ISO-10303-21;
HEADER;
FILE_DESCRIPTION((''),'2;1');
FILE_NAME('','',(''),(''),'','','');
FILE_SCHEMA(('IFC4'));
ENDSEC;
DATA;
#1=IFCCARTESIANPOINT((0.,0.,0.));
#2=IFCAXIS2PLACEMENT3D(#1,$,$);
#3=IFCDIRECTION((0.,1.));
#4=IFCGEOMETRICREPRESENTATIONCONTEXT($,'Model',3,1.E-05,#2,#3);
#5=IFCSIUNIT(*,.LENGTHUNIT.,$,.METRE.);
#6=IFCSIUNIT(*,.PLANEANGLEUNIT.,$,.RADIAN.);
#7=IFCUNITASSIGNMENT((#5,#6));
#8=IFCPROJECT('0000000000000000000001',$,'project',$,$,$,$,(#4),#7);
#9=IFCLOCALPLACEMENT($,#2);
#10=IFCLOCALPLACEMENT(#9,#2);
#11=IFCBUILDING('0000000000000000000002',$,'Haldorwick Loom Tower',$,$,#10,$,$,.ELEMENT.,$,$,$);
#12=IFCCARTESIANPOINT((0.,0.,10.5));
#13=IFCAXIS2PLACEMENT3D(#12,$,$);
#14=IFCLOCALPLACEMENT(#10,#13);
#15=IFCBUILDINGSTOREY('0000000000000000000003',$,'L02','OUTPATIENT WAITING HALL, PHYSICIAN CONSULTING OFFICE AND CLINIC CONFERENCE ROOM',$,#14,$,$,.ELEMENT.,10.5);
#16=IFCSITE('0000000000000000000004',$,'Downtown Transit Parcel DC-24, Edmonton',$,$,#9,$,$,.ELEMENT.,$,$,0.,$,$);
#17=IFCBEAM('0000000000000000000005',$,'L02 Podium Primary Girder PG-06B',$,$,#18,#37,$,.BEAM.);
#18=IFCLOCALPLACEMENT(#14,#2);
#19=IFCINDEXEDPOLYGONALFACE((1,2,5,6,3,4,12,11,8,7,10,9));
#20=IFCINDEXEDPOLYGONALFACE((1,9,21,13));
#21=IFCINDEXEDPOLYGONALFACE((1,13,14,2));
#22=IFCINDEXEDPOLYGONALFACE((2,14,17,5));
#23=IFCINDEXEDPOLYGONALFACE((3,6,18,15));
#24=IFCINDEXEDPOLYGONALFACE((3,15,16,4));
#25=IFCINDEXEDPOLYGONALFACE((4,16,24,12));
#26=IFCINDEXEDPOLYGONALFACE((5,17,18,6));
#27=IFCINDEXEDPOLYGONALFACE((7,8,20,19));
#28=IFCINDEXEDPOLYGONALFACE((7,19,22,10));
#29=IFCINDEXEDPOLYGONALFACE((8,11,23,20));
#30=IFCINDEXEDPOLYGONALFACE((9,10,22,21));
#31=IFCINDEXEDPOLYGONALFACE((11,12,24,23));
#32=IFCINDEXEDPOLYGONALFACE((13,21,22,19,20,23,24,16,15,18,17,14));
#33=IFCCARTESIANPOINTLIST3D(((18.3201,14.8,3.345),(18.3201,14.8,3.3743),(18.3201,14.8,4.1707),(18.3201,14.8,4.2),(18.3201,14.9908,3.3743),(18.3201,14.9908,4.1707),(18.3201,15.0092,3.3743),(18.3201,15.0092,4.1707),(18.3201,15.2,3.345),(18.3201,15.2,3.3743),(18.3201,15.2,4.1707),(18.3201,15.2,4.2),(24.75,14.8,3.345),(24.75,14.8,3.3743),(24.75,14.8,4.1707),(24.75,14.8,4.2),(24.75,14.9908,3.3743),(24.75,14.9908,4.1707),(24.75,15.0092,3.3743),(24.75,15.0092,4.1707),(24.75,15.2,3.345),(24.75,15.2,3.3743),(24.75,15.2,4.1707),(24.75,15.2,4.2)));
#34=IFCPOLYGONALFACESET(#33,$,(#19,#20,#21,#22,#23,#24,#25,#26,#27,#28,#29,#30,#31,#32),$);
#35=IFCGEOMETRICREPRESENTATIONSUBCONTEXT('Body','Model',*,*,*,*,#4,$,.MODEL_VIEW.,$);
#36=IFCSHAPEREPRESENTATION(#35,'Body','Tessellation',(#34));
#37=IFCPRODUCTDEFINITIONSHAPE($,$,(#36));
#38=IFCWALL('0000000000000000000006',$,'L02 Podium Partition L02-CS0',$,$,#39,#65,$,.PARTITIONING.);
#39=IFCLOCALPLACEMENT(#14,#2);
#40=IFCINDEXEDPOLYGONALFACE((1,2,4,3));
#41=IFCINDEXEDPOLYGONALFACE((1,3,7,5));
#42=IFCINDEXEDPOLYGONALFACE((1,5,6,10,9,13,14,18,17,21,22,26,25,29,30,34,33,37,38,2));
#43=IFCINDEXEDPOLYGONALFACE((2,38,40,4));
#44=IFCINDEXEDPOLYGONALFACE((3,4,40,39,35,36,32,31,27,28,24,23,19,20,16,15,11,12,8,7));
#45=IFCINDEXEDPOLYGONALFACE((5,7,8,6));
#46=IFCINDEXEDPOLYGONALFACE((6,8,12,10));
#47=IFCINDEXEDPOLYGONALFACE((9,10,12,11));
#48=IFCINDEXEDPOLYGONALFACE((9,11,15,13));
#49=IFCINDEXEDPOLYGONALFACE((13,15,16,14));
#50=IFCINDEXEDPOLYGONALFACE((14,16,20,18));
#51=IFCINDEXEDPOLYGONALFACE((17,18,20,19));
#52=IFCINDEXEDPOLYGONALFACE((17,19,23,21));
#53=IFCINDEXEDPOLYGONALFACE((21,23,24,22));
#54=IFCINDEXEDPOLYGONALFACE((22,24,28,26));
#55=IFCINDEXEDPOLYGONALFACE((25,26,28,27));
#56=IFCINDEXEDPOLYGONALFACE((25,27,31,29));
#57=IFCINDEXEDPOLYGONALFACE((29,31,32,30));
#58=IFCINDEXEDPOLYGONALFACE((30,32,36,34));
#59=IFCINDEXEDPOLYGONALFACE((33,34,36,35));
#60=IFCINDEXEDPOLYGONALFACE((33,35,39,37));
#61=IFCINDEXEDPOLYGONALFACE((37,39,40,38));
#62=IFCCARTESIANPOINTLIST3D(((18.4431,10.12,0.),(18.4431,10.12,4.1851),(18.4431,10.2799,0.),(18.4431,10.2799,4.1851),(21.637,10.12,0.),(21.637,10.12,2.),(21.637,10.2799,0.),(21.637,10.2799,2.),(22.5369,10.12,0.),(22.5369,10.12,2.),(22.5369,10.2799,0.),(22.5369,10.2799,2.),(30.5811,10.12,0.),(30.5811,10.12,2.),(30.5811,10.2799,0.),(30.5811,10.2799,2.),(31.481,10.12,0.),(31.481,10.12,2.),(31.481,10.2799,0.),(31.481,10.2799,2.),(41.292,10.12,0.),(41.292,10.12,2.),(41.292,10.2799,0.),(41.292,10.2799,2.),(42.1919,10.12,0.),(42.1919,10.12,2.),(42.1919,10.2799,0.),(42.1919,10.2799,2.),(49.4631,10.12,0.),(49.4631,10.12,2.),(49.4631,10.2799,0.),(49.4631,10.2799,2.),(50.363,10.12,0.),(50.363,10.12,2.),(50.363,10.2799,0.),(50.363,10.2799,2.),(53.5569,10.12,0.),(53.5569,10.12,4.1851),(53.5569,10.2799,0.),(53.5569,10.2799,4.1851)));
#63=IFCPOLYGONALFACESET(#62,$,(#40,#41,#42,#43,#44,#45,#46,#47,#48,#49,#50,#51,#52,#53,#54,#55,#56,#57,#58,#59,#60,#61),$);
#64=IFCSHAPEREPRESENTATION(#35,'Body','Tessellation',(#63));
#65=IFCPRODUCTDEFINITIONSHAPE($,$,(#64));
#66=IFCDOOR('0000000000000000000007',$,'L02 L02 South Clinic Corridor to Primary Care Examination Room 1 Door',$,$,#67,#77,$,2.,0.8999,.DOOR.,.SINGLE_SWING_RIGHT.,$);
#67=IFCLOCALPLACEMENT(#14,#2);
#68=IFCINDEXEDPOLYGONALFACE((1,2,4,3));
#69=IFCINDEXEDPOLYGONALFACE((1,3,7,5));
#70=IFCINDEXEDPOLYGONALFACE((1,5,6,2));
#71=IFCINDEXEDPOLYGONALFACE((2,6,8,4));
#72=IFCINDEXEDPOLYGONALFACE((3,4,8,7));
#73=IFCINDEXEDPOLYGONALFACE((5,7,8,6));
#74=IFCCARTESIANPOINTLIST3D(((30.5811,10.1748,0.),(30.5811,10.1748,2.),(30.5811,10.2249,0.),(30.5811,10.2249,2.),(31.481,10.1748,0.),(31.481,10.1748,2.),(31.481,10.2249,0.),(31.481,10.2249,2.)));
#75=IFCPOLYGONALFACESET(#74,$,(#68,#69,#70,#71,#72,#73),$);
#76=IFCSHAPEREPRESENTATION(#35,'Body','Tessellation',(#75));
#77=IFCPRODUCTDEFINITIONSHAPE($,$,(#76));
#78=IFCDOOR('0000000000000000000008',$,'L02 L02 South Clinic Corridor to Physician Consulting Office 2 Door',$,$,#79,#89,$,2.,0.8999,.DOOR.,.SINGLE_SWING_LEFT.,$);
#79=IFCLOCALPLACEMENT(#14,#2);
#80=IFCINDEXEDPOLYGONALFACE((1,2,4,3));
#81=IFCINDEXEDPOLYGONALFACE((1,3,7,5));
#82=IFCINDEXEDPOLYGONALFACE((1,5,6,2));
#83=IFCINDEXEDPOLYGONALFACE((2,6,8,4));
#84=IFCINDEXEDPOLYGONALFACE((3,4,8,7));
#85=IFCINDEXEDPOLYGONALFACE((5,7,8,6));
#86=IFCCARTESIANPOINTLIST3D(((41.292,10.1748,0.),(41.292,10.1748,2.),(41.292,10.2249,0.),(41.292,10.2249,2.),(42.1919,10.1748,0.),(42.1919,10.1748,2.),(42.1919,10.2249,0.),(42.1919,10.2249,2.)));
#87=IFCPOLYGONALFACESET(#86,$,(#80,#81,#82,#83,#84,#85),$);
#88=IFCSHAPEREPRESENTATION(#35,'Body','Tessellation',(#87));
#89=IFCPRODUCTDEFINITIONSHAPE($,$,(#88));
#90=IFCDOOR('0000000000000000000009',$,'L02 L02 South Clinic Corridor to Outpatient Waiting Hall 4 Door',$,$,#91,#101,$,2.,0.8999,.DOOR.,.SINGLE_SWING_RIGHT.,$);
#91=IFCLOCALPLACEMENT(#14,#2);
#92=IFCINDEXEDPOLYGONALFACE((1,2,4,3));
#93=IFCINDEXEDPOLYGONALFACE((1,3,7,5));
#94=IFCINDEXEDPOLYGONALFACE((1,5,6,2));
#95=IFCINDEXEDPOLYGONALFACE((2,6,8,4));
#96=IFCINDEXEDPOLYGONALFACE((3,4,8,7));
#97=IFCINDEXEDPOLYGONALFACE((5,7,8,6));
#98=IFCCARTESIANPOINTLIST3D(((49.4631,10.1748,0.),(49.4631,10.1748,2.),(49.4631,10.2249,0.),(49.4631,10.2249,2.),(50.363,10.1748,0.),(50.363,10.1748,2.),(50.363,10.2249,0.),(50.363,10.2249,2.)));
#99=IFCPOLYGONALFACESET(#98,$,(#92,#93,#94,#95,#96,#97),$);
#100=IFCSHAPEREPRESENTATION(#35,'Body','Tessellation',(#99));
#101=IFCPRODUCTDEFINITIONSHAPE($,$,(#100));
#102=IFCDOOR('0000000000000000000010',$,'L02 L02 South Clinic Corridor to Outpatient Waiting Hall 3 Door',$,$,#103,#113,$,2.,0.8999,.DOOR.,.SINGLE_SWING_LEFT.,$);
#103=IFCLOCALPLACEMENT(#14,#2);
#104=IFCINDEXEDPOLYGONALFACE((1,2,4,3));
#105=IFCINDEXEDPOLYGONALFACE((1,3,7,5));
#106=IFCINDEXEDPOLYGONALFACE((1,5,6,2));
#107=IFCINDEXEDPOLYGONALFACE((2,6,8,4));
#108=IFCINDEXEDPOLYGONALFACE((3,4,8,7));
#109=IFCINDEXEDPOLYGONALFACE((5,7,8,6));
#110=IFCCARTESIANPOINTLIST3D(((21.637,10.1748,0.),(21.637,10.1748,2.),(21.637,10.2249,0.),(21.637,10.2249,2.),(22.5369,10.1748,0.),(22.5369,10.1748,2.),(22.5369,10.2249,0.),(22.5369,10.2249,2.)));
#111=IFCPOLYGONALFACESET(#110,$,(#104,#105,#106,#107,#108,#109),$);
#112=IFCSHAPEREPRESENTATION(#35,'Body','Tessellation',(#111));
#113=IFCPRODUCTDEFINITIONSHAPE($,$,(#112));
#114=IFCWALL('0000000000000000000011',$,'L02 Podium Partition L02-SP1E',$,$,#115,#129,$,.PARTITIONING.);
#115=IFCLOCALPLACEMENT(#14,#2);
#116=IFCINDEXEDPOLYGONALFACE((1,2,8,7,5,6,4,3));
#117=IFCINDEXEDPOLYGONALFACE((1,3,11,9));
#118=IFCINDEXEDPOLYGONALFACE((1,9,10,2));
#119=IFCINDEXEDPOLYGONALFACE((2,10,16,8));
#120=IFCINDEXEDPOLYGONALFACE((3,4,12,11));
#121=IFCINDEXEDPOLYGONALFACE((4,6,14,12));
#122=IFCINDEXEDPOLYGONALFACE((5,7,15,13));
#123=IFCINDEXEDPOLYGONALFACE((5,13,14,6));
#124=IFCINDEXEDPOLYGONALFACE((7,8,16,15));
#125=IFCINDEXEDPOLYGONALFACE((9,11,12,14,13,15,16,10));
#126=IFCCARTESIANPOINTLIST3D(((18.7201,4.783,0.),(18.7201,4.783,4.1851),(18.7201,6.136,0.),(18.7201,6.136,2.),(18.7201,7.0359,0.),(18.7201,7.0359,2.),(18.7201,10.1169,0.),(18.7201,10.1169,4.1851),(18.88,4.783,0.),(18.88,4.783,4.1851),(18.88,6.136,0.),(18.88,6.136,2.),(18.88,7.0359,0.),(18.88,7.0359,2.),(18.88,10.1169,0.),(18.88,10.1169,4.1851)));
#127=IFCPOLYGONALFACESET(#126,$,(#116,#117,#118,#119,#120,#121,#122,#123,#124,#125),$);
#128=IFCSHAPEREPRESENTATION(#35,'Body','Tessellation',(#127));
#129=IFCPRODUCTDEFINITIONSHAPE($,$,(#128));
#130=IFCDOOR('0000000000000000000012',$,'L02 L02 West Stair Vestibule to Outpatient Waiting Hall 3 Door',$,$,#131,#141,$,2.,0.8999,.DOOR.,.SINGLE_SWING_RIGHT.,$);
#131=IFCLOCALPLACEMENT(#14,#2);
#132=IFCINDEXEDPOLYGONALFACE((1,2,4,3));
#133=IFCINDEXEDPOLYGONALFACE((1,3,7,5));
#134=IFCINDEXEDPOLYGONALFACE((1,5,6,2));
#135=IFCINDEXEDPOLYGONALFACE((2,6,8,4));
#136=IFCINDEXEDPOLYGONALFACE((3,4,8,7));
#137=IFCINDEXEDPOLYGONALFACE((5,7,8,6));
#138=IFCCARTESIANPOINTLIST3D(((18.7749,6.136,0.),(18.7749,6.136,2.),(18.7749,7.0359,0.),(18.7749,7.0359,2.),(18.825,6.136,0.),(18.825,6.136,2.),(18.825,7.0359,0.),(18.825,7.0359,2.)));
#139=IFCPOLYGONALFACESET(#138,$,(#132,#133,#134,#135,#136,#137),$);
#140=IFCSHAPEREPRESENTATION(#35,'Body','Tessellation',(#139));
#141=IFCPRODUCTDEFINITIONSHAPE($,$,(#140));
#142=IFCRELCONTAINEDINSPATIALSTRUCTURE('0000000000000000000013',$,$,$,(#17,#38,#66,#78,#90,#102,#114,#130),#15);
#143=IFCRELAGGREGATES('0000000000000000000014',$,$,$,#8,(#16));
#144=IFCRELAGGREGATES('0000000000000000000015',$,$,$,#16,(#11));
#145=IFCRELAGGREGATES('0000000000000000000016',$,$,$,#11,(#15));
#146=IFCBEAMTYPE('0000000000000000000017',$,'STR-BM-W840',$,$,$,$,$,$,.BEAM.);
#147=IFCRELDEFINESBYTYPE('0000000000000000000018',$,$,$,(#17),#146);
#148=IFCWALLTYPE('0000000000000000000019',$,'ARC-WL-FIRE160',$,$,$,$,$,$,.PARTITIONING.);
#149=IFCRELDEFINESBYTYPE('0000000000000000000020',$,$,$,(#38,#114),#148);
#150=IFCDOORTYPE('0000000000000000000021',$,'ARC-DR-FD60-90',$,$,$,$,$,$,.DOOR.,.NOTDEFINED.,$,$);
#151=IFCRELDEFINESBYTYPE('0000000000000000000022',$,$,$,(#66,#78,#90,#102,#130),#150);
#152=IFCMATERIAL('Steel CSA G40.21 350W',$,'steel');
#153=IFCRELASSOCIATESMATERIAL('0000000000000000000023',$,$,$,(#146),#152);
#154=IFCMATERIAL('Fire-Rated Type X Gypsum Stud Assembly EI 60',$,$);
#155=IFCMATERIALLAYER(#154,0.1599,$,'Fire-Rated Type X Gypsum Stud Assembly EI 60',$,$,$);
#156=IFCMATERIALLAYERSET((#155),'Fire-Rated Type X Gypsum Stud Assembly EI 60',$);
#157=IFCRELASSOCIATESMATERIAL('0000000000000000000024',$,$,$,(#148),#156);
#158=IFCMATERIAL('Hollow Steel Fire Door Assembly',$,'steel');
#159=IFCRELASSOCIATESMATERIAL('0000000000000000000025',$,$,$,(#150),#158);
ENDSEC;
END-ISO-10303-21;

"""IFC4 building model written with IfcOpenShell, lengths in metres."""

from ifc_helpers import new_model, si_unit, direction, frame, frame_2d, origin, origin_2d, place, context, subcontext, project, spatial, rectangle, i_section, extrude, material, layer, layer_set, material_profile, profile_set, type_object, element, fill, save


model = new_model("IFC4")

# Units and contexts
model_context = context("Model", 3, precision=1e-05, world=origin(), true_north=direction((0.0, 1.0)))
body_context = subcontext(model_context, "Body", "Model", "MODEL_VIEW")
ifc_project = project(units=[si_unit("LENGTHUNIT", "METRE"), si_unit("PLANEANGLEUNIT", "RADIAN")], contexts=[model_context])

# Site, building, storey
site_placement = place(None, origin())
site = spatial("IfcSite", under=ifc_project, at=site_placement, Name="Downtown Transit Parcel DC-24, Edmonton", CompositionType="ELEMENT", RefElevation=0.0)
building_placement = place(site_placement, origin())
building = spatial("IfcBuilding", under=site, at=building_placement, Name="Haldorwick Loom Tower", CompositionType="ELEMENT")
storey_placement = place(building_placement, frame((0.0, 0.0, 10.5)))
storey = spatial("IfcBuildingStorey", under=building, at=storey_placement, Name="L02", Description="OUTPATIENT WAITING HALL, PHYSICIAN CONSULTING OFFICE AND CLINIC CONFERENCE ROOM", CompositionType="ELEMENT", Elevation=10.5)

# Beam
ifc_material_1 = material(Name="Steel CSA G40.21 350W", Category="steel")
ifc_material_profile = material_profile(ifc_material_1, i_section(OverallWidth=0.3999, OverallDepth=0.855, WebThickness=0.0183, FlangeThickness=0.0293, at=origin_2d()), Name="W840X299", Category="steel")
ifc_profile_set = profile_set([ifc_material_profile], Name="Steel CSA G40.21 350W")
beam_type = type_object("IfcBeamType", Name="STR-BM-W840", PredefinedType="BEAM", material=ifc_profile_set)
beam_placement = place(storey_placement, frame((18.3201, 15.0, 3.7725), z_axis=(1.0, 0.0, 0.0), x_axis=(0.0, 1.0, 0.0)))
element("IfcBeam", 1, at=beam_placement, inside=storey, type_object=beam_type, Name="L02 Podium Primary Girder PG-06B", PredefinedType="BEAM", context=body_context, shape_type="SweptSolid", body=[
    extrude(i_section(OverallWidth=0.3999, OverallDepth=0.855, WebThickness=0.0183, FlangeThickness=0.0293, at=origin_2d()), origin(), (0.0, 0.0, 1.0), 6.4299),
])

# Wall, openings, doors
ifc_material_2 = material(Name="Fire-Rated Type X Gypsum Stud Assembly EI 60")
ifc_layer_1 = layer(ifc_material_2, 0.1599, Name="Fire-Rated Type X Gypsum Stud Assembly EI 60")
ifc_layer_set_1 = layer_set([ifc_layer_1], Name="Fire-Rated Type X Gypsum Stud Assembly EI 60")
wall_type_1 = type_object("IfcWallType", Name="ARC-WL-FIRE160", PredefinedType="PARTITIONING", material=ifc_layer_set_1)
wall_1_placement = place(storey_placement, frame((18.4431, 10.2, 0.0), z_axis=(0.0, 0.0, 1.0), x_axis=(1.0, 0.0, 0.0)))
wall_1 = element("IfcWall", 2, at=wall_1_placement, inside=storey, type_object=wall_type_1, Name="L02 Podium Partition L02-CS0", PredefinedType="PARTITIONING", context=body_context, shape_type="SweptSolid", body=[
    extrude(rectangle(XDim=35.1138, YDim=0.1599, at=frame_2d((17.5569, 0.0))), origin(), (0.0, 0.0, 1.0), 4.1851),
])
opening_1_placement = place(wall_1_placement, frame((12.1379, 0.0, 0.0)))
opening_1 = element("IfcOpeningElement", 3, at=opening_1_placement, cuts=wall_1, PredefinedType="OPENING", context=body_context, shape_type="SweptSolid", body=[
    extrude(rectangle(XDim=0.8999, YDim=2.0, at=frame_2d((0.45, 1.0))), frame((0.0, 0.0898, 0.0), z_axis=(0.0, -1.0, 0.0), x_axis=(1.0, 0.0, 0.0)), (0.0, 0.0, 1.0), 0.1799),
])
opening_2_placement = place(wall_1_placement, frame((22.8489, 0.0, 0.0)))
opening_2 = element("IfcOpeningElement", 4, at=opening_2_placement, cuts=wall_1, PredefinedType="OPENING", context=body_context, shape_type="SweptSolid", body=[
    extrude(rectangle(XDim=0.8999, YDim=2.0, at=frame_2d((0.45, 1.0))), frame((0.0, 0.0898, 0.0), z_axis=(0.0, -1.0, 0.0), x_axis=(1.0, 0.0, 0.0)), (0.0, 0.0, 1.0), 0.1799),
])
opening_3_placement = place(wall_1_placement, frame((31.02, 0.0, 0.0)))
opening_3 = element("IfcOpeningElement", 5, at=opening_3_placement, cuts=wall_1, PredefinedType="OPENING", context=body_context, shape_type="SweptSolid", body=[
    extrude(rectangle(XDim=0.8999, YDim=2.0, at=frame_2d((0.45, 1.0))), frame((0.0, 0.0898, 0.0), z_axis=(0.0, -1.0, 0.0), x_axis=(1.0, 0.0, 0.0)), (0.0, 0.0, 1.0), 0.1799),
])
opening_4_placement = place(wall_1_placement, frame((3.1938, 0.0, 0.0)))
opening_4 = element("IfcOpeningElement", 6, at=opening_4_placement, cuts=wall_1, PredefinedType="OPENING", context=body_context, shape_type="SweptSolid", body=[
    extrude(rectangle(XDim=0.8999, YDim=2.0, at=frame_2d((0.45, 1.0))), frame((0.0, 0.0898, 0.0), z_axis=(0.0, -1.0, 0.0), x_axis=(1.0, 0.0, 0.0)), (0.0, 0.0, 1.0), 0.1799),
])
ifc_material_3 = material(Name="Hollow Steel Fire Door Assembly", Category="steel")
door_type = type_object("IfcDoorType", Name="ARC-DR-FD60-90", OperationType="NOTDEFINED", PredefinedType="DOOR", material=ifc_material_3)
door_1_placement = place(opening_1_placement, origin())
door_1 = element("IfcDoor", 7, at=door_1_placement, inside=storey, type_object=door_type, Name="L02 L02 South Clinic Corridor to Primary Care Examination Room 1 Door", OperationType="SINGLE_SWING_RIGHT", OverallHeight=2.0, OverallWidth=0.8999, PredefinedType="DOOR", context=body_context, shape_type="SweptSolid", body=[
    extrude(rectangle(XDim=0.8999, YDim=2.0, at=frame_2d((0.45, 1.0))), frame((0.0, 0.0249, 0.0), z_axis=(0.0, -1.0, 0.0), x_axis=(1.0, 0.0, 0.0)), (0.0, 0.0, 1.0), 0.05),
])
fill(opening_1, door_1)
door_2_placement = place(opening_2_placement, origin())
door_2 = element("IfcDoor", 8, at=door_2_placement, inside=storey, type_object=door_type, Name="L02 L02 South Clinic Corridor to Physician Consulting Office 2 Door", OperationType="SINGLE_SWING_LEFT", OverallHeight=2.0, OverallWidth=0.8999, PredefinedType="DOOR", context=body_context, shape_type="SweptSolid", body=[
    extrude(rectangle(XDim=0.8999, YDim=2.0, at=frame_2d((0.45, 1.0))), frame((0.0, 0.0249, 0.0), z_axis=(0.0, -1.0, 0.0), x_axis=(1.0, 0.0, 0.0)), (0.0, 0.0, 1.0), 0.05),
])
fill(opening_2, door_2)
door_3_placement = place(opening_3_placement, origin())
door_3 = element("IfcDoor", 9, at=door_3_placement, inside=storey, type_object=door_type, Name="L02 L02 South Clinic Corridor to Outpatient Waiting Hall 4 Door", OperationType="SINGLE_SWING_RIGHT", OverallHeight=2.0, OverallWidth=0.8999, PredefinedType="DOOR", context=body_context, shape_type="SweptSolid", body=[
    extrude(rectangle(XDim=0.8999, YDim=2.0, at=frame_2d((0.45, 1.0))), frame((0.0, 0.0249, 0.0), z_axis=(0.0, -1.0, 0.0), x_axis=(1.0, 0.0, 0.0)), (0.0, 0.0, 1.0), 0.05),
])
fill(opening_3, door_3)
door_4_placement = place(opening_4_placement, origin())
door_4 = element("IfcDoor", 10, at=door_4_placement, inside=storey, type_object=door_type, Name="L02 L02 South Clinic Corridor to Outpatient Waiting Hall 3 Door", OperationType="SINGLE_SWING_LEFT", OverallHeight=2.0, OverallWidth=0.8999, PredefinedType="DOOR", context=body_context, shape_type="SweptSolid", body=[
    extrude(rectangle(XDim=0.8999, YDim=2.0, at=frame_2d((0.45, 1.0))), frame((0.0, 0.0249, 0.0), z_axis=(0.0, -1.0, 0.0), x_axis=(1.0, 0.0, 0.0)), (0.0, 0.0, 1.0), 0.05),
])
fill(opening_4, door_4)

# Wall, opening, door
wall_2_placement = place(storey_placement, frame((18.8, 4.783, 0.0), z_axis=(0.0, 0.0, 1.0), x_axis=(0.0, 1.0, 0.0)))
wall_2 = element("IfcWall", 11, at=wall_2_placement, inside=storey, type_object=wall_type_1, Name="L02 Podium Partition L02-SP1E", PredefinedType="PARTITIONING", context=body_context, shape_type="SweptSolid", body=[
    extrude(rectangle(XDim=5.334, YDim=0.1599, at=frame_2d((2.667, 0.0))), origin(), (0.0, 0.0, 1.0), 4.1851),
])
opening_5_placement = place(wall_2_placement, frame((1.353, 0.0, 0.0)))
opening_5 = element("IfcOpeningElement", 12, at=opening_5_placement, cuts=wall_2, PredefinedType="OPENING", context=body_context, shape_type="SweptSolid", body=[
    extrude(rectangle(XDim=0.8999, YDim=2.0, at=frame_2d((0.45, 1.0))), frame((0.0, 0.0898, 0.0), z_axis=(0.0, -1.0, 0.0), x_axis=(1.0, 0.0, 0.0)), (0.0, 0.0, 1.0), 0.1799),
])
door_5_placement = place(opening_5_placement, frame((0.8999, 0.0, 0.0), z_axis=(0.0, 0.0, 1.0), x_axis=(-1.0, 0.0, 0.0)))
door_5 = element("IfcDoor", 13, at=door_5_placement, inside=storey, type_object=door_type, Name="L02 L02 West Stair Vestibule to Outpatient Waiting Hall 3 Door", OperationType="SINGLE_SWING_RIGHT", OverallHeight=2.0, OverallWidth=0.8999, PredefinedType="DOOR", context=body_context, shape_type="SweptSolid", body=[
    extrude(rectangle(XDim=0.8999, YDim=2.0, at=frame_2d((0.45, 1.0))), frame((0.0, 0.0249, 0.0), z_axis=(0.0, -1.0, 0.0), x_axis=(1.0, 0.0, 0.0)), (0.0, 0.0, 1.0), 0.05),
])
fill(opening_5, door_5)

save(model, "model.ifc")
